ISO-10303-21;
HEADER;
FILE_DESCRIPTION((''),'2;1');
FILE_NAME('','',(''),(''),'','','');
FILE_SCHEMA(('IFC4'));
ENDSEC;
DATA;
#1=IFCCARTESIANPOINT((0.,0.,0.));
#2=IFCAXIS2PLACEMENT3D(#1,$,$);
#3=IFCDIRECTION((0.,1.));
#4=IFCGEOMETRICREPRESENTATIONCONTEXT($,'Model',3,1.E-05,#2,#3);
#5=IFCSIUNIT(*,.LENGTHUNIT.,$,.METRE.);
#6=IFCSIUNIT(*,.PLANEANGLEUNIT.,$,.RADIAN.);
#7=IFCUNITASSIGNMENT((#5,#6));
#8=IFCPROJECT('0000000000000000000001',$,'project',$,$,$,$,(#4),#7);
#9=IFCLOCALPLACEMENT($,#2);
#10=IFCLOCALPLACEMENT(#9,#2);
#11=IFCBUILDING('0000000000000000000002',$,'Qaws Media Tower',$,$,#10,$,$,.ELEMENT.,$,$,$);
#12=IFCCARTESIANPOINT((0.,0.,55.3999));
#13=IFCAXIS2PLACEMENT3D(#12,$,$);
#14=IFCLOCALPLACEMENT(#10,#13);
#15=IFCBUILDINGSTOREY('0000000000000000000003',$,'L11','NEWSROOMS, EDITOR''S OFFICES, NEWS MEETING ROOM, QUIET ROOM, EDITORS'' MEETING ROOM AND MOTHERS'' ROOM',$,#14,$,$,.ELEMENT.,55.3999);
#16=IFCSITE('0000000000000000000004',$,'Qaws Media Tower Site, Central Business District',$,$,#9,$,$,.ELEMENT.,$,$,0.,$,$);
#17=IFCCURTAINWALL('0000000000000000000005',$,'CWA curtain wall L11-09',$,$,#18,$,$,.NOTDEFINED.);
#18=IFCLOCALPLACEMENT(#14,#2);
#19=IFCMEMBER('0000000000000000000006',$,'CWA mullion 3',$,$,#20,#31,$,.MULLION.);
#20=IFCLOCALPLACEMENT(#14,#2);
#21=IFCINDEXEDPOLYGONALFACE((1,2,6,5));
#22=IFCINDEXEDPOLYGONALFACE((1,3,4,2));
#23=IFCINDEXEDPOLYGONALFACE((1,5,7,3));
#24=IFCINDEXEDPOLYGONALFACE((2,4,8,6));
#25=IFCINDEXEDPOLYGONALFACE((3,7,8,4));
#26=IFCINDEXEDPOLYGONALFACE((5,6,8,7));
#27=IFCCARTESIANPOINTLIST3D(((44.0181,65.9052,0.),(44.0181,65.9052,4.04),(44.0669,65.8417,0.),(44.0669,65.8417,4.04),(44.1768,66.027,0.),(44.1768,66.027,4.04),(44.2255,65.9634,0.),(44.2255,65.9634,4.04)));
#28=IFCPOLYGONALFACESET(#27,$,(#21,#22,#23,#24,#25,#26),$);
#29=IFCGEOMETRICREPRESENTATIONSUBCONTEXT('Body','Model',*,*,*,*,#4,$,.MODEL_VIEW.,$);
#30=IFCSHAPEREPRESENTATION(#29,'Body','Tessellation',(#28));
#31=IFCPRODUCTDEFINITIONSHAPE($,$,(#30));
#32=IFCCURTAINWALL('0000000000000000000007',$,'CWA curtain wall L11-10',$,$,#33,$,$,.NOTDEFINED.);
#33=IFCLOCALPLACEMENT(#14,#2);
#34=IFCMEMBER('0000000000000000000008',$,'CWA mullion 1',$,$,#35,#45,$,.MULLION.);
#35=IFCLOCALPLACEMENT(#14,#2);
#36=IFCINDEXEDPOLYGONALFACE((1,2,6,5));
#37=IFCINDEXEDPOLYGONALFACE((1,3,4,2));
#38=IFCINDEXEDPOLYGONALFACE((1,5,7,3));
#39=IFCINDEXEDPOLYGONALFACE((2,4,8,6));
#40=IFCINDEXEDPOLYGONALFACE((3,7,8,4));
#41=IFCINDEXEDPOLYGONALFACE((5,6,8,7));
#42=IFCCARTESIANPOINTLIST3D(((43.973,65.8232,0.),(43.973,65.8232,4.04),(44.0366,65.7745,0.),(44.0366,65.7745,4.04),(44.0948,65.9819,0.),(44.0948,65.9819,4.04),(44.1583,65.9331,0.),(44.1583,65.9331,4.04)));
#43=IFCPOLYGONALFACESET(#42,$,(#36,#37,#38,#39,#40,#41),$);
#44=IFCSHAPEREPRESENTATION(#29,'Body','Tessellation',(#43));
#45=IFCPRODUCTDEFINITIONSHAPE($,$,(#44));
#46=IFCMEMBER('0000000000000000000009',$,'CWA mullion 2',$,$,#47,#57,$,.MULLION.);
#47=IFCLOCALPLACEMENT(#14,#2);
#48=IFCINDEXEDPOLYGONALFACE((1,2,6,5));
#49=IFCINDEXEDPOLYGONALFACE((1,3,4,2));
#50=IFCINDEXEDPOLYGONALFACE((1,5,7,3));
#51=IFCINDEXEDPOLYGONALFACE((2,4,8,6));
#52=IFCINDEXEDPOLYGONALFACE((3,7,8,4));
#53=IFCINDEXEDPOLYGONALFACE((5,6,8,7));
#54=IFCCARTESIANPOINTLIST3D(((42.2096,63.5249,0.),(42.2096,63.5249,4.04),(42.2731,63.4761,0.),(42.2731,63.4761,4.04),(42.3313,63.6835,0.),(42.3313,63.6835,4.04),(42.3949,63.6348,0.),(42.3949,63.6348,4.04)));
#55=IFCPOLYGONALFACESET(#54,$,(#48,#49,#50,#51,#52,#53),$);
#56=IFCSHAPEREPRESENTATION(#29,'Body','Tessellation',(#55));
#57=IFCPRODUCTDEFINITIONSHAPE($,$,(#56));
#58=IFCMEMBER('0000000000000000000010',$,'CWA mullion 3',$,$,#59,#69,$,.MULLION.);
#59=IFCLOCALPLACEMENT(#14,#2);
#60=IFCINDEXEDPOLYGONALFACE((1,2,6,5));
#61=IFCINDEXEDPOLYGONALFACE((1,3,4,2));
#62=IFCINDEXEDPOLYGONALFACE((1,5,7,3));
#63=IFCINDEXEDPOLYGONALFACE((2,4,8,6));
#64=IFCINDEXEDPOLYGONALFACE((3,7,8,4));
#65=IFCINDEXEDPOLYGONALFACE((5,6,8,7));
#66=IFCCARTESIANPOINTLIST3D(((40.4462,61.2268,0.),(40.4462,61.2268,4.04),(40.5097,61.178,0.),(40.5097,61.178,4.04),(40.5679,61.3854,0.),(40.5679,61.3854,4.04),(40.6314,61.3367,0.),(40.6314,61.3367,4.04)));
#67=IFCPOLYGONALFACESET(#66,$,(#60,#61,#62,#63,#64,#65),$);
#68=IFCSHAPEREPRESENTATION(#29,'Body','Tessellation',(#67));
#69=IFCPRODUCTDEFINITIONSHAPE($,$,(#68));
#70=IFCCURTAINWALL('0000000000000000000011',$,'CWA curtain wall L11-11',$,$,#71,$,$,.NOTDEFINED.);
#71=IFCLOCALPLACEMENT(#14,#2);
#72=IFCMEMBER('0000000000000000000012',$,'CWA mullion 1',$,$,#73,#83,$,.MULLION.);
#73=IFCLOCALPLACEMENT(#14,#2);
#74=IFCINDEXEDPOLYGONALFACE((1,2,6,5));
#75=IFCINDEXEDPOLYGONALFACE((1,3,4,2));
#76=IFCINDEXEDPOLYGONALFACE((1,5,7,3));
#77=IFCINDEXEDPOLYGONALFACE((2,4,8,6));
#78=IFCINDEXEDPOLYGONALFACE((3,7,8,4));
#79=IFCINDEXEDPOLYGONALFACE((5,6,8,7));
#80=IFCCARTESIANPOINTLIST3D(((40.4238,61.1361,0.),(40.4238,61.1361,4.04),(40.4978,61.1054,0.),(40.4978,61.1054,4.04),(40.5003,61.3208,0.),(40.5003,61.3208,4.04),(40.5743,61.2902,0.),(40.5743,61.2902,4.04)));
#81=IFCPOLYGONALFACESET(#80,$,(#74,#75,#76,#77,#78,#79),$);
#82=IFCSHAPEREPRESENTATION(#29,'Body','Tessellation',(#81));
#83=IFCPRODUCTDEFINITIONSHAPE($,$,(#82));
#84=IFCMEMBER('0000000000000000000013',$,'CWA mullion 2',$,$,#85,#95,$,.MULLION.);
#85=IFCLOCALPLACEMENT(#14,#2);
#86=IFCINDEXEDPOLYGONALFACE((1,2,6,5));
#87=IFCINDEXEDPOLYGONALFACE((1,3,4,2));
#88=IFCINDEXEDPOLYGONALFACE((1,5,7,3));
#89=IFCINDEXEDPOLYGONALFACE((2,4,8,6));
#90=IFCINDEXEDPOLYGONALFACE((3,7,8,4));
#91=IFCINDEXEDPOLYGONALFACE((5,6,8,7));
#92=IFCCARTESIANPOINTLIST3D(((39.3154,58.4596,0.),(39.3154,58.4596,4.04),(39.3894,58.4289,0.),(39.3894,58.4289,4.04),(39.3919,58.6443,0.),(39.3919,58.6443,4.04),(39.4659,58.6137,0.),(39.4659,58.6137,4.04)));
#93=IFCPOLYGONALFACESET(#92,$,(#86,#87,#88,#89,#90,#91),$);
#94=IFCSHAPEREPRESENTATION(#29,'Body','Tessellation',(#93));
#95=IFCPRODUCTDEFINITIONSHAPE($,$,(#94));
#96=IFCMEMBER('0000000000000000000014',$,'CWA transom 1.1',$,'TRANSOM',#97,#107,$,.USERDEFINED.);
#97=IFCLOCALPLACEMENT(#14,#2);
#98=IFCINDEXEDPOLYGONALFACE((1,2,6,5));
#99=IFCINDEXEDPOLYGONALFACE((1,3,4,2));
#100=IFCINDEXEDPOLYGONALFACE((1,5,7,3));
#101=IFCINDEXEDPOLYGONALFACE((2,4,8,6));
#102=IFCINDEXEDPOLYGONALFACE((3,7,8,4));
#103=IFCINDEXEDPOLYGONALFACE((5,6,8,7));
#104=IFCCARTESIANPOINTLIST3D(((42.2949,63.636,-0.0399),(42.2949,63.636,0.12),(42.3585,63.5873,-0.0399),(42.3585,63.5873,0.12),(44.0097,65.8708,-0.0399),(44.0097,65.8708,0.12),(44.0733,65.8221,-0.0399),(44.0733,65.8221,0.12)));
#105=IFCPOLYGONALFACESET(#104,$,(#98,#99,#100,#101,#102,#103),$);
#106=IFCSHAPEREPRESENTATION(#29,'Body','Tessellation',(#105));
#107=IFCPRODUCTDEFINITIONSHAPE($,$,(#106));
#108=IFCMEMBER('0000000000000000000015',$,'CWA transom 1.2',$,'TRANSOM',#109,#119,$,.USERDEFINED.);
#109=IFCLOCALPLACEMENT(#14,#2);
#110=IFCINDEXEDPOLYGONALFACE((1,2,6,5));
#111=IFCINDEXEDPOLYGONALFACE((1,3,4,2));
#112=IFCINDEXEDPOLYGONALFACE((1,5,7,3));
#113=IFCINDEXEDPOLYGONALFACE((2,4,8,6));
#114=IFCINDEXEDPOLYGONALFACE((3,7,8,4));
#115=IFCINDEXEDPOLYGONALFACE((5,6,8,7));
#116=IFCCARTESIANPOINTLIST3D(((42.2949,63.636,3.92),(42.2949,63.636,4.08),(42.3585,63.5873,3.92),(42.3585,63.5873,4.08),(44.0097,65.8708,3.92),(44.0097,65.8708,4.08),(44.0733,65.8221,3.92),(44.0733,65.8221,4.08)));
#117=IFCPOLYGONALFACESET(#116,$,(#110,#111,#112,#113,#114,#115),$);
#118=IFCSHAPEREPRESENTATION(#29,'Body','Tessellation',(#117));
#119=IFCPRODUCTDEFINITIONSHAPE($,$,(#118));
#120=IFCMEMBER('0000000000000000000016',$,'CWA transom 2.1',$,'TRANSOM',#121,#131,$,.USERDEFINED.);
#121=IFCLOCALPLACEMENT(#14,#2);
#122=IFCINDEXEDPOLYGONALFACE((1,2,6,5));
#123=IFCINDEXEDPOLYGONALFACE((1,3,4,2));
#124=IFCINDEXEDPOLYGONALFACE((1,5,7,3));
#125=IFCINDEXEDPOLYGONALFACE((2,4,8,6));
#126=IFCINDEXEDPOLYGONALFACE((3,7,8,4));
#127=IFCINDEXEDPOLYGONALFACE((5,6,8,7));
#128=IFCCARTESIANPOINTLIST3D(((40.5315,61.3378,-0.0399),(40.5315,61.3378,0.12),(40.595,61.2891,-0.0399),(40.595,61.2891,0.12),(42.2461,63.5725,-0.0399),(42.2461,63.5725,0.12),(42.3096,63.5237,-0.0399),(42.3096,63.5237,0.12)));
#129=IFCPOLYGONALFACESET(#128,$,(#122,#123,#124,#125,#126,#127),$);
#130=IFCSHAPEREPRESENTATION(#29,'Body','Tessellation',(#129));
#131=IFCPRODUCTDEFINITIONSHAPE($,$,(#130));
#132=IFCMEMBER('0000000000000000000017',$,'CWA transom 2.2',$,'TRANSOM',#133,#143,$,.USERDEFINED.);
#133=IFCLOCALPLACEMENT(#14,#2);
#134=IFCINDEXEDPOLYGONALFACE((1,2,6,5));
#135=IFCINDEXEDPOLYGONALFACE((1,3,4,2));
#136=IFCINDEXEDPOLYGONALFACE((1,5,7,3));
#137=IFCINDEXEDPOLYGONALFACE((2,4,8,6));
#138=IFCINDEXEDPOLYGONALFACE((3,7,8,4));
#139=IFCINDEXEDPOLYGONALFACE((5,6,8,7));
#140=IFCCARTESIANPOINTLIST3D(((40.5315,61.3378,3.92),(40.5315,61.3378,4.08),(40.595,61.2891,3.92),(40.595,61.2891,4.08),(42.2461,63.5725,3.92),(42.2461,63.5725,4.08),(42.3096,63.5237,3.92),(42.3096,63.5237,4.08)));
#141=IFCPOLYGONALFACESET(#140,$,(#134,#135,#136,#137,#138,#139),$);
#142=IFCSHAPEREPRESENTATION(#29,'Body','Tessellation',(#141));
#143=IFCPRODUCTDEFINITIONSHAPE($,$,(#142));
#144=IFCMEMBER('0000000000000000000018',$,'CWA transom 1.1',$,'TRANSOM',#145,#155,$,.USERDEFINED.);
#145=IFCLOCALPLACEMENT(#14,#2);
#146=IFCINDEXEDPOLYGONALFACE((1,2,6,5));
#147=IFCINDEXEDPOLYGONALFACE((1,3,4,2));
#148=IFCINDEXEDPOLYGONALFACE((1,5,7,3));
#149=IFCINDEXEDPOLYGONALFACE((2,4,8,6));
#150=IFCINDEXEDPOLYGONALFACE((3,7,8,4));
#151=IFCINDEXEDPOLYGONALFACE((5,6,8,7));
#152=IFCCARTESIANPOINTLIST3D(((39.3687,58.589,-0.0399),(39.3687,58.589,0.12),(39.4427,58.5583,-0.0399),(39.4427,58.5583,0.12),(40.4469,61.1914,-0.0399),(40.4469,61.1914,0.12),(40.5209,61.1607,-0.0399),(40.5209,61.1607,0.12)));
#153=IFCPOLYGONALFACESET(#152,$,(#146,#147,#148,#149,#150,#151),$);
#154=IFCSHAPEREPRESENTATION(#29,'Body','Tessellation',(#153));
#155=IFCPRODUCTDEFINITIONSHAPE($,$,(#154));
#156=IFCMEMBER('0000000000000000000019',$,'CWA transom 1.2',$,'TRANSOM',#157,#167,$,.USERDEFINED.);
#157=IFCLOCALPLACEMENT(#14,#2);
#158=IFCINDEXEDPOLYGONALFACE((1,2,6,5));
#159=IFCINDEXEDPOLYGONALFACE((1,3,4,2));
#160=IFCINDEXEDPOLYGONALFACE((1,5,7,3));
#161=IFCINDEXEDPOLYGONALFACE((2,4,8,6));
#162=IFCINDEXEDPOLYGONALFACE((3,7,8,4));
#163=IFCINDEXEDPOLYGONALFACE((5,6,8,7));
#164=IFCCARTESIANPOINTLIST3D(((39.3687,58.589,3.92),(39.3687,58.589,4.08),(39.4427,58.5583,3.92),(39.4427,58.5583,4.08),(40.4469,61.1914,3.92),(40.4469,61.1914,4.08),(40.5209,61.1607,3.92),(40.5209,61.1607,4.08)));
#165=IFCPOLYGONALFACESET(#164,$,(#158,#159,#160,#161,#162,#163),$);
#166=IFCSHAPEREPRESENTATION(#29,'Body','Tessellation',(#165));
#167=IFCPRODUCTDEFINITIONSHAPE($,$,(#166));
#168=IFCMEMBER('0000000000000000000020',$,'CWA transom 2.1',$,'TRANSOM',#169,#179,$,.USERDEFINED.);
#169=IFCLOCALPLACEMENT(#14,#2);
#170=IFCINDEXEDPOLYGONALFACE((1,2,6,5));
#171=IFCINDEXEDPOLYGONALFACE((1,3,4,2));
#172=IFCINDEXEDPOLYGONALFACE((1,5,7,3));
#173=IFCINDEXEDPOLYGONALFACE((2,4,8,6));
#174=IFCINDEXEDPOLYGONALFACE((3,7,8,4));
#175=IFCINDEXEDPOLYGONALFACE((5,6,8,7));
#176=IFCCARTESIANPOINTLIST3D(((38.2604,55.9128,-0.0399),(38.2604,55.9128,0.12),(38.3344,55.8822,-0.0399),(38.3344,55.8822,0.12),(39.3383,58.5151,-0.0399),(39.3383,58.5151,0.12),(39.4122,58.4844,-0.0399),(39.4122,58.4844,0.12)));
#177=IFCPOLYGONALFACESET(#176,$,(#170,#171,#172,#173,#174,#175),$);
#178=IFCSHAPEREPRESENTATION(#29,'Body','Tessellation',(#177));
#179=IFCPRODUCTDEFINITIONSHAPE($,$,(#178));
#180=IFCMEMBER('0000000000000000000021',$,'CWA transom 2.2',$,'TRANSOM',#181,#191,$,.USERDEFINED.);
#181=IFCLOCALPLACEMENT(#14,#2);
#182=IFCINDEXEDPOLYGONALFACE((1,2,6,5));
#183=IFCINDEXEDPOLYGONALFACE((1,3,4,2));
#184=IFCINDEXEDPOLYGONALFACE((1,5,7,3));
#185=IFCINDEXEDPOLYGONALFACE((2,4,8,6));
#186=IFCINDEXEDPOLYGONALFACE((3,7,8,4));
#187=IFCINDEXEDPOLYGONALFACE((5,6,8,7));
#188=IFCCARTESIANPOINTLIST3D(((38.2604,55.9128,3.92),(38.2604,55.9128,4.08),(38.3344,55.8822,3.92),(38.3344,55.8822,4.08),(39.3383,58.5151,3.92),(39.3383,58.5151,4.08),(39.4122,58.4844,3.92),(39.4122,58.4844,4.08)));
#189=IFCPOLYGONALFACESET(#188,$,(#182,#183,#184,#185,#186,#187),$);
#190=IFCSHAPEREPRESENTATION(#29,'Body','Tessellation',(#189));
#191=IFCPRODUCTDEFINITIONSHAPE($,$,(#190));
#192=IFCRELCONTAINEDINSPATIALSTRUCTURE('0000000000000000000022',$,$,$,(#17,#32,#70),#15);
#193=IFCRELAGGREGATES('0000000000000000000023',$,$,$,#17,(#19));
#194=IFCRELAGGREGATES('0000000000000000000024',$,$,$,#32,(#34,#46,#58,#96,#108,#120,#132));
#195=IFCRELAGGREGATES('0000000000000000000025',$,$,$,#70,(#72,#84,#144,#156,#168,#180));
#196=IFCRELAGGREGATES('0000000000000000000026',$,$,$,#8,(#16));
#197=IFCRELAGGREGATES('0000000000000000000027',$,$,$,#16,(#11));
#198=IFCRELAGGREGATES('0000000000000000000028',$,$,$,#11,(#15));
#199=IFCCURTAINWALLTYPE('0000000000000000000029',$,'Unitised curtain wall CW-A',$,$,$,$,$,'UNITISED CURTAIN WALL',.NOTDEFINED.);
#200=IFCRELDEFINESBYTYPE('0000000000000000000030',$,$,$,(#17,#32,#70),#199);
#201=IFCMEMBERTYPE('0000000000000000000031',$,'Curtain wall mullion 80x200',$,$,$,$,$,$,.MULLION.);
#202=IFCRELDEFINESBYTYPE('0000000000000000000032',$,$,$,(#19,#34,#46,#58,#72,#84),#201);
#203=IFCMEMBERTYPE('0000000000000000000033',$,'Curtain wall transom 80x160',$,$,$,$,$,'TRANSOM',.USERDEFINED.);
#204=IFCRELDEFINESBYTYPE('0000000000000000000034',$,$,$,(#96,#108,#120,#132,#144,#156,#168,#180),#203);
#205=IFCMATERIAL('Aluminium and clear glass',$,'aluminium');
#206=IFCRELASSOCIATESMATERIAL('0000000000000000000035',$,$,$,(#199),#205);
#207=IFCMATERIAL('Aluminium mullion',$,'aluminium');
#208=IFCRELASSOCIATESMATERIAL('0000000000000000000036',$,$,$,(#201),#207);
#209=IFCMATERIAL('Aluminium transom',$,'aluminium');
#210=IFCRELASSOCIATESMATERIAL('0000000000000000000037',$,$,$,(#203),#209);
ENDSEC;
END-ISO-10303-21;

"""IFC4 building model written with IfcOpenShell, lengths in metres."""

from ifc_helpers import new_model, si_unit, direction, frame, origin, origin_2d, place, context, subcontext, project, spatial, rectangle, extrude, material, material_profile, profile_set, type_object, element, aggregate, save


model = new_model("IFC4")

# Units and contexts
model_context = context("Model", 3, precision=1e-05, world=origin(), true_north=direction((0.0, 1.0)))
body_context = subcontext(model_context, "Body", "Model", "MODEL_VIEW")
ifc_project = project(units=[si_unit("LENGTHUNIT", "METRE"), si_unit("PLANEANGLEUNIT", "RADIAN")], contexts=[model_context])

# Site, building, storey
site_placement = place(None, origin())
site = spatial("IfcSite", under=ifc_project, at=site_placement, Name="Qaws Media Tower Site, Central Business District", CompositionType="ELEMENT", RefElevation=0.0)
building_placement = place(site_placement, origin())
building = spatial("IfcBuilding", under=site, at=building_placement, Name="Qaws Media Tower", CompositionType="ELEMENT")
storey_placement = place(building_placement, frame((0.0, 0.0, 55.3999)))
storey = spatial("IfcBuildingStorey", under=building, at=storey_placement, Name="L11", Description="NEWSROOMS, EDITOR'S OFFICES, NEWS MEETING ROOM, QUIET ROOM, EDITORS' MEETING ROOM AND MOTHERS' ROOM", CompositionType="ELEMENT", Elevation=55.3999)

# Curtain wall, member
ifc_material_1 = material(Name="Aluminium and clear glass", Category="aluminium")
curtain_wall_type = type_object("IfcCurtainWallType", Name="Unitised curtain wall CW-A", ElementType="UNITISED CURTAIN WALL", PredefinedType="NOTDEFINED", material=ifc_material_1)
curtain_wall_1_placement = place(storey_placement, origin())
curtain_wall_1 = element("IfcCurtainWall", 1, at=curtain_wall_1_placement, inside=storey, type_object=curtain_wall_type, Name="CWA curtain wall L11-09", PredefinedType="NOTDEFINED")
ifc_material_2 = material(Name="Aluminium mullion", Category="aluminium")
ifc_material_profile_1 = material_profile(ifc_material_2, rectangle(XDim=0.0801, YDim=0.2, at=origin_2d()), Name="80x200")
ifc_profile_set_1 = profile_set([ifc_material_profile_1], Name="Aluminium mullion")
member_type_1 = type_object("IfcMemberType", Name="Curtain wall mullion 80x200", PredefinedType="MULLION", material=ifc_profile_set_1)
member_1_placement = place(storey_placement, frame((44.1218, 65.9343, 0.0), z_axis=(0.0, 0.0, 1.0), x_axis=(0.608761, -0.793353, 0.0)))
member_1 = element("IfcMember", 2, at=member_1_placement, type_object=member_type_1, Name="CWA mullion 3", PredefinedType="MULLION", context=body_context, shape_type="SweptSolid", body=[
    extrude(rectangle(XDim=0.0801, YDim=0.2, at=origin_2d()), origin(), (0.0, 0.0, 1.0), 4.04),
])

# Curtain walls, members
curtain_wall_2_placement = place(storey_placement, origin())
curtain_wall_2 = element("IfcCurtainWall", 3, at=curtain_wall_2_placement, inside=storey, type_object=curtain_wall_type, Name="CWA curtain wall L11-10", PredefinedType="NOTDEFINED")
member_2_placement = place(storey_placement, frame((44.0657, 65.8782, 0.0), z_axis=(0.0, 0.0, 1.0), x_axis=(0.793353, -0.608761, 0.0)))
member_2 = element("IfcMember", 4, at=member_2_placement, type_object=member_type_1, Name="CWA mullion 1", PredefinedType="MULLION", context=body_context, shape_type="SweptSolid", body=[
    extrude(rectangle(XDim=0.0801, YDim=0.2, at=origin_2d()), origin(), (0.0, 0.0, 1.0), 4.04),
])
member_3_placement = place(storey_placement, frame((42.3022, 63.5798, 0.0), z_axis=(0.0, 0.0, 1.0), x_axis=(0.793353, -0.608761, 0.0)))
member_3 = element("IfcMember", 5, at=member_3_placement, type_object=member_type_1, Name="CWA mullion 2", PredefinedType="MULLION", context=body_context, shape_type="SweptSolid", body=[
    extrude(rectangle(XDim=0.0801, YDim=0.2, at=origin_2d()), origin(), (0.0, 0.0, 1.0), 4.04),
])
member_4_placement = place(storey_placement, frame((40.5388, 61.2817, 0.0), z_axis=(0.0, 0.0, 1.0), x_axis=(0.793353, -0.608761, 0.0)))
member_4 = element("IfcMember", 6, at=member_4_placement, type_object=member_type_1, Name="CWA mullion 3", PredefinedType="MULLION", context=body_context, shape_type="SweptSolid", body=[
    extrude(rectangle(XDim=0.0801, YDim=0.2, at=origin_2d()), origin(), (0.0, 0.0, 1.0), 4.04),
])
curtain_wall_3_placement = place(storey_placement, origin())
curtain_wall_3 = element("IfcCurtainWall", 7, at=curtain_wall_3_placement, inside=storey, type_object=curtain_wall_type, Name="CWA curtain wall L11-11", PredefinedType="NOTDEFINED")
member_5_placement = place(storey_placement, frame((40.499, 61.2131, 0.0), z_axis=(0.0, 0.0, 1.0), x_axis=(0.92388, -0.382683, 0.0)))
member_5 = element("IfcMember", 8, at=member_5_placement, type_object=member_type_1, Name="CWA mullion 1", PredefinedType="MULLION", context=body_context, shape_type="SweptSolid", body=[
    extrude(rectangle(XDim=0.0801, YDim=0.2, at=origin_2d()), origin(), (0.0, 0.0, 1.0), 4.04),
])
member_6_placement = place(storey_placement, frame((39.3906, 58.5366, 0.0), z_axis=(0.0, 0.0, 1.0), x_axis=(0.92388, -0.382683, 0.0)))
member_6 = element("IfcMember", 9, at=member_6_placement, type_object=member_type_1, Name="CWA mullion 2", PredefinedType="MULLION", context=body_context, shape_type="SweptSolid", body=[
    extrude(rectangle(XDim=0.0801, YDim=0.2, at=origin_2d()), origin(), (0.0, 0.0, 1.0), 4.04),
])

# Members
ifc_material_3 = material(Name="Aluminium transom", Category="aluminium")
ifc_material_profile_2 = material_profile(ifc_material_3, rectangle(XDim=0.0801, YDim=0.1599, at=origin_2d()), Name="80x160")
ifc_profile_set_2 = profile_set([ifc_material_profile_2], Name="Aluminium transom")
member_type_2 = type_object("IfcMemberType", Name="Curtain wall transom 80x160", ElementType="TRANSOM", PredefinedType="USERDEFINED", material=ifc_profile_set_2)
member_7_placement = place(storey_placement, frame((44.0415, 65.8464, 0.04), z_axis=(-0.608755, -0.793358, 0.0), x_axis=(0.793358, -0.608755, 0.0)))
member_7 = element("IfcMember", 10, at=member_7_placement, type_object=member_type_2, Name="CWA transom 1.1", ObjectType="TRANSOM", PredefinedType="USERDEFINED", context=body_context, shape_type="SweptSolid", body=[
    extrude(rectangle(XDim=0.0801, YDim=0.1599, at=origin_2d()), origin(), (0.0, 0.0, 1.0), 2.8169),
])
member_8_placement = place(storey_placement, frame((44.0415, 65.8464, 4.0), z_axis=(-0.608755, -0.793358, 0.0), x_axis=(0.793358, -0.608755, 0.0)))
member_8 = element("IfcMember", 11, at=member_8_placement, type_object=member_type_2, Name="CWA transom 1.2", ObjectType="TRANSOM", PredefinedType="USERDEFINED", context=body_context, shape_type="SweptSolid", body=[
    extrude(rectangle(XDim=0.0801, YDim=0.1599, at=origin_2d()), origin(), (0.0, 0.0, 1.0), 2.8169),
])
member_9_placement = place(storey_placement, frame((42.2778, 63.5481, 0.04), z_axis=(-0.608743, -0.793368, 0.0), x_axis=(0.793368, -0.608743, 0.0)))
member_9 = element("IfcMember", 12, at=member_9_placement, type_object=member_type_2, Name="CWA transom 2.1", ObjectType="TRANSOM", PredefinedType="USERDEFINED", context=body_context, shape_type="SweptSolid", body=[
    extrude(rectangle(XDim=0.0801, YDim=0.1599, at=origin_2d()), origin(), (0.0, 0.0, 1.0), 2.8167),
])
member_10_placement = place(storey_placement, frame((42.2778, 63.5481, 4.0), z_axis=(-0.608743, -0.793368, 0.0), x_axis=(0.793368, -0.608743, 0.0)))
member_10 = element("IfcMember", 13, at=member_10_placement, type_object=member_type_2, Name="CWA transom 2.2", ObjectType="TRANSOM", PredefinedType="USERDEFINED", context=body_context, shape_type="SweptSolid", body=[
    extrude(rectangle(XDim=0.0801, YDim=0.1599, at=origin_2d()), origin(), (0.0, 0.0, 1.0), 2.8167),
])
member_11_placement = place(storey_placement, frame((40.4839, 61.176, 0.04), z_axis=(-0.38275, -0.923852, 0.0), x_axis=(0.923852, -0.38275, 0.0)))
member_11 = element("IfcMember", 14, at=member_11_placement, type_object=member_type_2, Name="CWA transom 1.1", ObjectType="TRANSOM", PredefinedType="USERDEFINED", context=body_context, shape_type="SweptSolid", body=[
    extrude(rectangle(XDim=0.0801, YDim=0.1599, at=origin_2d()), origin(), (0.0, 0.0, 1.0), 2.8169),
])
member_12_placement = place(storey_placement, frame((40.4839, 61.176, 4.0), z_axis=(-0.38275, -0.923852, 0.0), x_axis=(0.923852, -0.38275, 0.0)))
member_12 = element("IfcMember", 15, at=member_12_placement, type_object=member_type_2, Name="CWA transom 1.2", ObjectType="TRANSOM", PredefinedType="USERDEFINED", context=body_context, shape_type="SweptSolid", body=[
    extrude(rectangle(XDim=0.0801, YDim=0.1599, at=origin_2d()), origin(), (0.0, 0.0, 1.0), 2.8169),
])
member_13_placement = place(storey_placement, frame((39.3752, 58.4998, 0.04), z_axis=(-0.382676, -0.923883, 0.0), x_axis=(0.923883, -0.382676, 0.0)))
member_13 = element("IfcMember", 16, at=member_13_placement, type_object=member_type_2, Name="CWA transom 2.1", ObjectType="TRANSOM", PredefinedType="USERDEFINED", context=body_context, shape_type="SweptSolid", body=[
    extrude(rectangle(XDim=0.0801, YDim=0.1599, at=origin_2d()), origin(), (0.0, 0.0, 1.0), 2.8167),
])
member_14_placement = place(storey_placement, frame((39.3752, 58.4998, 4.0), z_axis=(-0.382676, -0.923883, 0.0), x_axis=(0.923883, -0.382676, 0.0)))
member_14 = element("IfcMember", 17, at=member_14_placement, type_object=member_type_2, Name="CWA transom 2.2", ObjectType="TRANSOM", PredefinedType="USERDEFINED", context=body_context, shape_type="SweptSolid", body=[
    extrude(rectangle(XDim=0.0801, YDim=0.1599, at=origin_2d()), origin(), (0.0, 0.0, 1.0), 2.8167),
])

aggregate(curtain_wall_1, [member_1])
aggregate(curtain_wall_2, [member_2, member_3, member_4, member_7, member_8, member_9, member_10])
aggregate(curtain_wall_3, [member_5, member_6, member_11, member_12, member_13, member_14])

save(model, "model.ifc")
